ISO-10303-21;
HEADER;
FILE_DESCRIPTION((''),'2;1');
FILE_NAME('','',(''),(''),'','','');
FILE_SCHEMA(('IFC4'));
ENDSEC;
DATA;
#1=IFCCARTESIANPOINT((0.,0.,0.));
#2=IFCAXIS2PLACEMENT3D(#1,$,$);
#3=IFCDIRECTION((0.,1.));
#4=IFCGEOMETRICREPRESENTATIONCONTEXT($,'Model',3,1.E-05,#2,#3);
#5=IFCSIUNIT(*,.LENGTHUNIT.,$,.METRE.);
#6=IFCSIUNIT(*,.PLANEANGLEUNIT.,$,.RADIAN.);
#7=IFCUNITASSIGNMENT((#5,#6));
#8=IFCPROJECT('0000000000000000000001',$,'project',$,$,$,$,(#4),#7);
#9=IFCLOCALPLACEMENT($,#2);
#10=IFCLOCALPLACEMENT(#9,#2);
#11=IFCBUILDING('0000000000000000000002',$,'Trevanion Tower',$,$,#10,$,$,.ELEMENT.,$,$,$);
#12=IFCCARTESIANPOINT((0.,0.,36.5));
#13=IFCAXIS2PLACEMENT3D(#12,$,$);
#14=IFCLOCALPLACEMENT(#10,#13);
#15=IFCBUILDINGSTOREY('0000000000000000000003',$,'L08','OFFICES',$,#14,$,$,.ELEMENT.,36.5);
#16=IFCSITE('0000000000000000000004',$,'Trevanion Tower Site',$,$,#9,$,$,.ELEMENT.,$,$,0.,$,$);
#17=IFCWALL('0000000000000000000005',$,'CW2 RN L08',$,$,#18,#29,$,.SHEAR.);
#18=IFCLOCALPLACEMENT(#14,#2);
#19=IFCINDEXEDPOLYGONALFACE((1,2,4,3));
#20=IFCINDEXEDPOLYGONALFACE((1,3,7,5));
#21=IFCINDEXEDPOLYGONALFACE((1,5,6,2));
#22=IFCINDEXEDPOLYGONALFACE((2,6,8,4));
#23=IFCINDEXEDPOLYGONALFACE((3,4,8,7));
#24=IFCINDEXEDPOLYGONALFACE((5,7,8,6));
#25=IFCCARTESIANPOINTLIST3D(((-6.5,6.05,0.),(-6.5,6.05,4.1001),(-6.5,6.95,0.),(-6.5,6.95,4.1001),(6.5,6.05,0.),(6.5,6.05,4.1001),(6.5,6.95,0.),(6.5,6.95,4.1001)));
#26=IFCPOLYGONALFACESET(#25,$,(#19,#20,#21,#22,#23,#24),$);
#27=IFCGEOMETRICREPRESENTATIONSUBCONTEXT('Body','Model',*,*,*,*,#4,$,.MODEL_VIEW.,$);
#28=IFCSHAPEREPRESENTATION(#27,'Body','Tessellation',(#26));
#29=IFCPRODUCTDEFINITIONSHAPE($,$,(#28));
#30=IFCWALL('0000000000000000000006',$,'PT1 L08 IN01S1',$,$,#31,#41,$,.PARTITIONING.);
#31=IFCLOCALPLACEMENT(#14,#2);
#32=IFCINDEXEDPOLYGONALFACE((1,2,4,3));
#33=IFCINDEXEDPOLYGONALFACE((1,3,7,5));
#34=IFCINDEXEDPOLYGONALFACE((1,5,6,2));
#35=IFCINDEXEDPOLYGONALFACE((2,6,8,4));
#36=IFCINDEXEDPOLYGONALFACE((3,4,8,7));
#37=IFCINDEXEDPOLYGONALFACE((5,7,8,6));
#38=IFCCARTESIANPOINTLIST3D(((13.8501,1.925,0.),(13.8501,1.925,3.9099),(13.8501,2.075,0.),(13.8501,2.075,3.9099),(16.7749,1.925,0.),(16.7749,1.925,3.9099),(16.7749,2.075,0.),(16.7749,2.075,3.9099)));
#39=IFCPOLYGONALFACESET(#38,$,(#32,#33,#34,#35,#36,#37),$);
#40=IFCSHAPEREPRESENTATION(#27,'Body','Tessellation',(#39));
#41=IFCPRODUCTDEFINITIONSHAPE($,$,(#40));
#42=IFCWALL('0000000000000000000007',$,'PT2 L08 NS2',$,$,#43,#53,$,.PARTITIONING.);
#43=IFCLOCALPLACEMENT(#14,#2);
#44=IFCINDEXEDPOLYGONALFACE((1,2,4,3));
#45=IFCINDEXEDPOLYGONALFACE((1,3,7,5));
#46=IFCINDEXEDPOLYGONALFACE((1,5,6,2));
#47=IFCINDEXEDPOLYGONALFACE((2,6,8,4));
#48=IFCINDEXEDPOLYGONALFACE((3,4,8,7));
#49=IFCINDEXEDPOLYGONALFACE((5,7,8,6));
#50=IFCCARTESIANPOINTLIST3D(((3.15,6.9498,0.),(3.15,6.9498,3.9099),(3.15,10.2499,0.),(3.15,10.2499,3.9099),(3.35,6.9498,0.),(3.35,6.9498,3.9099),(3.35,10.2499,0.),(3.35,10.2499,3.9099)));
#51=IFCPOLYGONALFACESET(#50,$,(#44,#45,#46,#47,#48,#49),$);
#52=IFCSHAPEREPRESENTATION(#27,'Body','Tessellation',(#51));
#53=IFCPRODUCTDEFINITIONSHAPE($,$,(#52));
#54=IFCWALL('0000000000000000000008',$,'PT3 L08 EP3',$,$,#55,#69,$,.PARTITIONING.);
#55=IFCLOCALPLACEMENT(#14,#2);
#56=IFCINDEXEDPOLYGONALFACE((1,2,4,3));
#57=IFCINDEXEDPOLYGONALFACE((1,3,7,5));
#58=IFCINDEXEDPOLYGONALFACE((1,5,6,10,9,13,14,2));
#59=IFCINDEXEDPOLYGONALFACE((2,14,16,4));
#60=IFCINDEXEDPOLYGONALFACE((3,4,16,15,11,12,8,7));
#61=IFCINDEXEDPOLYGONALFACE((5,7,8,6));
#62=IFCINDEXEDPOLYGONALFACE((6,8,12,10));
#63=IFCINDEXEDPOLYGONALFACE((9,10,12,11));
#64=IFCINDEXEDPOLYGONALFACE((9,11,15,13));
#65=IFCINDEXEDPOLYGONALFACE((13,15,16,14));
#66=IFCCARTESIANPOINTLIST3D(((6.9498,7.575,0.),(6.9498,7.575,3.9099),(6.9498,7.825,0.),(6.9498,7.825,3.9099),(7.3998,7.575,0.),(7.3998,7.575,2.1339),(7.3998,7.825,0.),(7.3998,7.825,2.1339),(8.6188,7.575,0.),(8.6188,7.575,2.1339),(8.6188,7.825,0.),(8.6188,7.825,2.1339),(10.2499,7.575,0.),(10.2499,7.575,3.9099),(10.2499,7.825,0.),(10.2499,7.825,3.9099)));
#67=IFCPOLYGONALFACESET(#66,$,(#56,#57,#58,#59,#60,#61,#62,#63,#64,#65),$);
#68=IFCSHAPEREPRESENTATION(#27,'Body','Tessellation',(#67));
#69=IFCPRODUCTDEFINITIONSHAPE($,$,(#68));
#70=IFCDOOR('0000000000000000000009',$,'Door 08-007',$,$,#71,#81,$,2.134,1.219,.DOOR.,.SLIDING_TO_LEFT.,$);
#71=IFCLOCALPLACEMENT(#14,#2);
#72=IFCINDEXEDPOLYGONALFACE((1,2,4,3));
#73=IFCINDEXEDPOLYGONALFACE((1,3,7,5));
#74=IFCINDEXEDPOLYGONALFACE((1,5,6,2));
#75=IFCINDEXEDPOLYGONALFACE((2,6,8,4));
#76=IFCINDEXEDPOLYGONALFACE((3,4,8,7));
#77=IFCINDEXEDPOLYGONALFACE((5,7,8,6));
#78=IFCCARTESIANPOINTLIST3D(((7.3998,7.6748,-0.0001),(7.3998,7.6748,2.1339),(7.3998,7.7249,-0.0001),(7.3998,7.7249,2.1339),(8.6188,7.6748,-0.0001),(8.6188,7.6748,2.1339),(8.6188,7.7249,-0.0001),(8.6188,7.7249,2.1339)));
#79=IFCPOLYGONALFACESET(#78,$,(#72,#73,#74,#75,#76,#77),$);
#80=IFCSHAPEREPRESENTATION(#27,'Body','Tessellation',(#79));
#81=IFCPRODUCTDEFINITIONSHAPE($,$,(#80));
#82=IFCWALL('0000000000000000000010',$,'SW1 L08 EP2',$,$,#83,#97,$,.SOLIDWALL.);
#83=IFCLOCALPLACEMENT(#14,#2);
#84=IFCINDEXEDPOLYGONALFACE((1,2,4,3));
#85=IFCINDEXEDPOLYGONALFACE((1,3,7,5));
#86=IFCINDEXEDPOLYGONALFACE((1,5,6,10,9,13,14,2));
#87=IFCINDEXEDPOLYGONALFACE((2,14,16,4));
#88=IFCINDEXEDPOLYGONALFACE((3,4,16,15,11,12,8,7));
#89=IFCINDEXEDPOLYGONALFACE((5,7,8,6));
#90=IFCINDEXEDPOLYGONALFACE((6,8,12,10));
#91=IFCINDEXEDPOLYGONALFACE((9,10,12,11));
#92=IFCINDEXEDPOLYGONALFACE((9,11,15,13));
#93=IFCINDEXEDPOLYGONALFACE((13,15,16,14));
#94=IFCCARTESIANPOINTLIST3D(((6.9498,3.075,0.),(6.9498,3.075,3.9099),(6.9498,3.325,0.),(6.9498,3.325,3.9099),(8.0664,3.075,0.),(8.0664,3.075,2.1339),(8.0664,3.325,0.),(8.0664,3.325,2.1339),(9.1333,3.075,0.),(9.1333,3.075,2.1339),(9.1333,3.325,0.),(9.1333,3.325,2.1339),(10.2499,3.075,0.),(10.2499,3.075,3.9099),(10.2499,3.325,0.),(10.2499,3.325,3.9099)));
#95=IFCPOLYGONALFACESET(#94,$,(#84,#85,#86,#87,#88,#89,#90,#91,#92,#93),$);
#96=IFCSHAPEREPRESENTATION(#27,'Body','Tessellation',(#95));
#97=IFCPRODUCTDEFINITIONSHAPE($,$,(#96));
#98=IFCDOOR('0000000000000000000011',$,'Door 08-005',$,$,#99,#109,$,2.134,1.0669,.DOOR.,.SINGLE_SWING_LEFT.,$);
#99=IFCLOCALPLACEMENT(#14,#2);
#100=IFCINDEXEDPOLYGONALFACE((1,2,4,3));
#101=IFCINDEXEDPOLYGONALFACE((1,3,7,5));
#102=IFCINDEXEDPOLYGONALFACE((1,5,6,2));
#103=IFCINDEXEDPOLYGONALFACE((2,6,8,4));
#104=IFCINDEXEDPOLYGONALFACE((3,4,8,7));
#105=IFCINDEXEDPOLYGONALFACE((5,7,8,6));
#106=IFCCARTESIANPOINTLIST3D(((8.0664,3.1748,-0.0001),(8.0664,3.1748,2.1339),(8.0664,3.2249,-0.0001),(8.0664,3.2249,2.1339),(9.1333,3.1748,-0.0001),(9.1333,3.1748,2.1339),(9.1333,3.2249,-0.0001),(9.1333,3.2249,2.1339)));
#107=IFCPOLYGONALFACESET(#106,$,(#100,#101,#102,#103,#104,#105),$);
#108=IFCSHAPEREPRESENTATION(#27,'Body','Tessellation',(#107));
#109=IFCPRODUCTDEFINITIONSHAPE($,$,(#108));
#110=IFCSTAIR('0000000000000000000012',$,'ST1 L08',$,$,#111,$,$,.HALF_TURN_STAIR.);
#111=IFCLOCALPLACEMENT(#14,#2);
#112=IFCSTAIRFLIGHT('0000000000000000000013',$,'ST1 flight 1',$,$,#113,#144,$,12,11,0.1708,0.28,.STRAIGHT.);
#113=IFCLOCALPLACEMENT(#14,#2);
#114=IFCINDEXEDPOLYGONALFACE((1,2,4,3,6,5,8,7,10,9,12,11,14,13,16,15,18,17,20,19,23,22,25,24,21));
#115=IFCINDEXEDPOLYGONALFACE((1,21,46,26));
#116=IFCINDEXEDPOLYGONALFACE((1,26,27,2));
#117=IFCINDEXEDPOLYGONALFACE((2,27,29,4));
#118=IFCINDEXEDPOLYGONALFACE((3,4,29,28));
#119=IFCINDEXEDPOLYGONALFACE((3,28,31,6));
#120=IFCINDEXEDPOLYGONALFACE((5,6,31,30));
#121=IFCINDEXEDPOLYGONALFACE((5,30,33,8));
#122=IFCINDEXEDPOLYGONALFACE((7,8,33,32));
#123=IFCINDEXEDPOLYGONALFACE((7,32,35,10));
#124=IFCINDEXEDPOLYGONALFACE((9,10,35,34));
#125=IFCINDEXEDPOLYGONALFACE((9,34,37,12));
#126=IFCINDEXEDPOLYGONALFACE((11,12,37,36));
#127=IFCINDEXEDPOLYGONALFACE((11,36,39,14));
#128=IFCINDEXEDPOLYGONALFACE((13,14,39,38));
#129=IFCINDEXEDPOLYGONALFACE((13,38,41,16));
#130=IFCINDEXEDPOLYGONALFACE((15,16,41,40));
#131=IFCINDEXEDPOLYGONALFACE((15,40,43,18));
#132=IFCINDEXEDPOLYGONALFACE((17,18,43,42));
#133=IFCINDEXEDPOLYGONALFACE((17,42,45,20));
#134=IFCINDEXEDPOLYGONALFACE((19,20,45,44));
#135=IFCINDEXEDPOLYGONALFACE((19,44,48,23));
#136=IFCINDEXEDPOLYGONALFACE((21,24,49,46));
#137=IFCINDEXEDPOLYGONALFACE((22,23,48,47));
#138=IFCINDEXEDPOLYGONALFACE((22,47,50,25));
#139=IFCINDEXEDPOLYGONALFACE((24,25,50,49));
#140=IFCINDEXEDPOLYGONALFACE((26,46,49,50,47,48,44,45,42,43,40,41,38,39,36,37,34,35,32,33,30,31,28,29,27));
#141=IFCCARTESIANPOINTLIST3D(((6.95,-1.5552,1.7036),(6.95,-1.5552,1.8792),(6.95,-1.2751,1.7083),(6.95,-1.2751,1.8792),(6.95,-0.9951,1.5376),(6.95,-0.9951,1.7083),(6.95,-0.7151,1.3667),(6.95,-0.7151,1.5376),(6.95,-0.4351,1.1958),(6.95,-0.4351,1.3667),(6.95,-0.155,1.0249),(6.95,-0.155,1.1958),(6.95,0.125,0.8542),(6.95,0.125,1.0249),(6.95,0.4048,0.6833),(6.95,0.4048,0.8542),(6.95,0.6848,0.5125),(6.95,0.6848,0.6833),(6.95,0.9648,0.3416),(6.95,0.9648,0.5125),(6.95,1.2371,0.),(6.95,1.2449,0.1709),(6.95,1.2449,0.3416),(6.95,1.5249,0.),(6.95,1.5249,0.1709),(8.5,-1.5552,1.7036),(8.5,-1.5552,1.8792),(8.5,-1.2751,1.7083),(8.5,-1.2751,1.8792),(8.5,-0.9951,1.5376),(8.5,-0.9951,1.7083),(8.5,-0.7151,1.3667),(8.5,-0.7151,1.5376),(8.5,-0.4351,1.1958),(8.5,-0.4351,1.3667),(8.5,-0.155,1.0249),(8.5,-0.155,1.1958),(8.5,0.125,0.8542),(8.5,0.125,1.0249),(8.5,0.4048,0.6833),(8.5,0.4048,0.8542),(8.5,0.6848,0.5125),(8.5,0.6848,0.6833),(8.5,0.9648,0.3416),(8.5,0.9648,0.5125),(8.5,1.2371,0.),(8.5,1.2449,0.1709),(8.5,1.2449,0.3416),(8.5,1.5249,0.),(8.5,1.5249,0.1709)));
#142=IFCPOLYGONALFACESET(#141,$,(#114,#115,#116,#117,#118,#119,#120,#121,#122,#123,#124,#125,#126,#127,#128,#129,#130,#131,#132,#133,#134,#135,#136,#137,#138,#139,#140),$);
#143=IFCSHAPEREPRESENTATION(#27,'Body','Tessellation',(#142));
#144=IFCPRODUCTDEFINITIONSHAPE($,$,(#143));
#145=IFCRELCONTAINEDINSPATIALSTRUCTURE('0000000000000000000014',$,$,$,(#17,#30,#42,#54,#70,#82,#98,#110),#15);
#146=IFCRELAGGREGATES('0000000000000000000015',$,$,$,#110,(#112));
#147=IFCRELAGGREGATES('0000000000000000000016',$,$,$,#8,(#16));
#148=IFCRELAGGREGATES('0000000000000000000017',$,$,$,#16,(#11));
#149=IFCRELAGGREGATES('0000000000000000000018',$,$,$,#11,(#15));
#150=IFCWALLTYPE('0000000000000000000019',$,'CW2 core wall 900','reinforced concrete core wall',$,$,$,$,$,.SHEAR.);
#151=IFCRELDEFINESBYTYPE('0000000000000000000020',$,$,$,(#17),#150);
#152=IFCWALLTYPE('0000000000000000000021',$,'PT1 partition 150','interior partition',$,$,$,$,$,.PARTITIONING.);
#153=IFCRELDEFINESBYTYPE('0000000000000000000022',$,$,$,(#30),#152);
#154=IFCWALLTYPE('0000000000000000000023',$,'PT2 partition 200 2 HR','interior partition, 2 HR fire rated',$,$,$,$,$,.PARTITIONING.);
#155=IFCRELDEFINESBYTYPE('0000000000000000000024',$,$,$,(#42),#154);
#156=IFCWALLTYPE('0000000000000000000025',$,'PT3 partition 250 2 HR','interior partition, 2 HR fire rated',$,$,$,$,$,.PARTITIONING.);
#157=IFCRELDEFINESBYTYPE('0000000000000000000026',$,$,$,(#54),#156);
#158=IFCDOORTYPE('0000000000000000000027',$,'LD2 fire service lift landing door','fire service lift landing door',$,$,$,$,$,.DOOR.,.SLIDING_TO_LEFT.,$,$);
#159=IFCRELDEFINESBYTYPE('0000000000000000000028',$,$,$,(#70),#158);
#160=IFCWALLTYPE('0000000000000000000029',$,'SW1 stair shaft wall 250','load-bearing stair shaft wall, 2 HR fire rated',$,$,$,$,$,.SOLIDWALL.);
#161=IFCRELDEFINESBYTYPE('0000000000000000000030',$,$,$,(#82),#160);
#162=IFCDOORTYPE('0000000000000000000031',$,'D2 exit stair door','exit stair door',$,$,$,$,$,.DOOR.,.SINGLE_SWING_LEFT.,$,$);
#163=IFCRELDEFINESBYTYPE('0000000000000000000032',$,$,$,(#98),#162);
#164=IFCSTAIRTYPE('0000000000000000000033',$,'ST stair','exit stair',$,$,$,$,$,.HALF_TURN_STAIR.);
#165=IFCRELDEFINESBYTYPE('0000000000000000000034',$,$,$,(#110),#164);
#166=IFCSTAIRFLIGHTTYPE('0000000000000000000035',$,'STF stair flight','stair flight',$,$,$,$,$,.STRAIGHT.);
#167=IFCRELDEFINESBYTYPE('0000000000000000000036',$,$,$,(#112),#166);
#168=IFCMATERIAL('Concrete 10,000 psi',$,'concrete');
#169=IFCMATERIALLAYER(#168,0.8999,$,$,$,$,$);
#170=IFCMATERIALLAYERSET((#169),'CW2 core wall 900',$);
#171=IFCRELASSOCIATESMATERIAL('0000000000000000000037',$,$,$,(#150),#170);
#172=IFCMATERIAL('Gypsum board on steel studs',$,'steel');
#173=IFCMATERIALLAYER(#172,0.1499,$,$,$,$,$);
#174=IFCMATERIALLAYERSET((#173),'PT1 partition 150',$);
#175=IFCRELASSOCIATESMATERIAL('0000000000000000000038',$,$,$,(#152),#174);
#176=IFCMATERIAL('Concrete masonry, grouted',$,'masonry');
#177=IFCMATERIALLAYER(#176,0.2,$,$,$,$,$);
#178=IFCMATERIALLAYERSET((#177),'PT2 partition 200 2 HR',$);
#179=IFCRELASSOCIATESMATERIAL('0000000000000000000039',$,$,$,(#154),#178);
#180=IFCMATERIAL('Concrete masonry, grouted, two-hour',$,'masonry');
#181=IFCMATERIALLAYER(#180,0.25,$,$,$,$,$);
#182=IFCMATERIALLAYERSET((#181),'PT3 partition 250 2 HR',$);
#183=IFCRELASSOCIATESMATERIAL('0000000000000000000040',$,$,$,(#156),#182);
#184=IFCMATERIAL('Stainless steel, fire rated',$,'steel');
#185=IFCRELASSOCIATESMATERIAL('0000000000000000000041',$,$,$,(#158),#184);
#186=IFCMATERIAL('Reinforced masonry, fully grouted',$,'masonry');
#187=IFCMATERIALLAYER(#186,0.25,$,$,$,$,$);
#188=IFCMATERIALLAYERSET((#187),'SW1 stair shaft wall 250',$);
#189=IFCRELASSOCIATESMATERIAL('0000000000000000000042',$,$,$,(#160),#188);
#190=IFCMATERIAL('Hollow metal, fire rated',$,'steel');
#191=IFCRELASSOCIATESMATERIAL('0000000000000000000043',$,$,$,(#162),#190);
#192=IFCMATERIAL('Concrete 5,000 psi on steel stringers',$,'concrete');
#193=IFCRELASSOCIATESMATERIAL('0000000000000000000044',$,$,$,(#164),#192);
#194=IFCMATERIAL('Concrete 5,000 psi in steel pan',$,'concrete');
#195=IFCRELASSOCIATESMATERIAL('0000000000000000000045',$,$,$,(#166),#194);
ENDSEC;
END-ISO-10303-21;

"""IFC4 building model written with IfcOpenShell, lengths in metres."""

from ifc_helpers import new_model, si_unit, direction, frame, frame_2d, origin, place, context, subcontext, project, spatial, polyline, rectangle, outline, extrude, material, layer, layer_set, type_object, element, fill, aggregate, save


model = new_model("IFC4")

# Units and contexts
model_context = context("Model", 3, precision=1e-05, world=origin(), true_north=direction((0.0, 1.0)))
body_context = subcontext(model_context, "Body", "Model", "MODEL_VIEW")
ifc_project = project(units=[si_unit("LENGTHUNIT", "METRE"), si_unit("PLANEANGLEUNIT", "RADIAN")], contexts=[model_context])

# Site, building, storey
site_placement = place(None, origin())
site = spatial("IfcSite", under=ifc_project, at=site_placement, Name="Trevanion Tower Site", CompositionType="ELEMENT", RefElevation=0.0)
building_placement = place(site_placement, origin())
building = spatial("IfcBuilding", under=site, at=building_placement, Name="Trevanion Tower", CompositionType="ELEMENT")
storey_placement = place(building_placement, frame((0.0, 0.0, 36.5)))
storey = spatial("IfcBuildingStorey", under=building, at=storey_placement, Name="L08", Description="OFFICES", CompositionType="ELEMENT", Elevation=36.5)

# Walls
ifc_material_1 = material(Name="Concrete 10,000 psi", Category="concrete")
ifc_layer_1 = layer(ifc_material_1, 0.8999)
ifc_layer_set_1 = layer_set([ifc_layer_1], Name="CW2 core wall 900")
wall_type_1 = type_object("IfcWallType", Name="CW2 core wall 900", Description="reinforced concrete core wall", PredefinedType="SHEAR", material=ifc_layer_set_1)
wall_1_placement = place(storey_placement, frame((6.5, 6.5, 0.0), z_axis=(0.0, 0.0, 1.0), x_axis=(-1.0, 0.0, 0.0)))
element("IfcWall", 1, at=wall_1_placement, inside=storey, type_object=wall_type_1, Name="CW2 RN L08", PredefinedType="SHEAR", context=body_context, shape_type="SweptSolid", body=[
    extrude(rectangle(XDim=13.0, YDim=0.8999, at=frame_2d((6.5, 0.0))), origin(), (0.0, 0.0, 1.0), 4.1001),
])
ifc_material_2 = material(Name="Gypsum board on steel studs", Category="steel")
ifc_layer_2 = layer(ifc_material_2, 0.1499)
ifc_layer_set_2 = layer_set([ifc_layer_2], Name="PT1 partition 150")
wall_type_2 = type_object("IfcWallType", Name="PT1 partition 150", Description="interior partition", PredefinedType="PARTITIONING", material=ifc_layer_set_2)
wall_2_placement = place(storey_placement, frame((16.7749, 2.0, 0.0), z_axis=(0.0, 0.0, 1.0), x_axis=(-1.0, 0.0, 0.0)))
element("IfcWall", 2, at=wall_2_placement, inside=storey, type_object=wall_type_2, Name="PT1 L08 IN01S1", PredefinedType="PARTITIONING", context=body_context, shape_type="SweptSolid", body=[
    extrude(rectangle(XDim=2.9248, YDim=0.1499, at=frame_2d((1.4624, 0.0))), origin(), (0.0, 0.0, 1.0), 3.9099),
])
ifc_material_3 = material(Name="Concrete masonry, grouted", Category="masonry")
ifc_layer_3 = layer(ifc_material_3, 0.2)
ifc_layer_set_3 = layer_set([ifc_layer_3], Name="PT2 partition 200 2 HR")
wall_type_3 = type_object("IfcWallType", Name="PT2 partition 200 2 HR", Description="interior partition, 2 HR fire rated", PredefinedType="PARTITIONING", material=ifc_layer_set_3)
wall_3_placement = place(storey_placement, frame((3.25, 6.95, 0.0), z_axis=(0.0, 0.0, 1.0), x_axis=(0.0, 1.0, 0.0)))
element("IfcWall", 3, at=wall_3_placement, inside=storey, type_object=wall_type_3, Name="PT2 L08 NS2", PredefinedType="PARTITIONING", context=body_context, shape_type="SweptSolid", body=[
    extrude(rectangle(XDim=3.3, YDim=0.2, at=frame_2d((1.6499, 0.0))), origin(), (0.0, 0.0, 1.0), 3.9099),
])

# Walls, openings, doors
ifc_material_4 = material(Name="Concrete masonry, grouted, two-hour", Category="masonry")
ifc_layer_4 = layer(ifc_material_4, 0.25)
ifc_layer_set_4 = layer_set([ifc_layer_4], Name="PT3 partition 250 2 HR")
wall_type_4 = type_object("IfcWallType", Name="PT3 partition 250 2 HR", Description="interior partition, 2 HR fire rated", PredefinedType="PARTITIONING", material=ifc_layer_set_4)
wall_4_placement = place(storey_placement, frame((6.95, 7.7, 0.0), z_axis=(0.0, 0.0, 1.0), x_axis=(1.0, 0.0, 0.0)))
wall_4 = element("IfcWall", 4, at=wall_4_placement, inside=storey, type_object=wall_type_4, Name="PT3 L08 EP3", PredefinedType="PARTITIONING", context=body_context, shape_type="SweptSolid", body=[
    extrude(rectangle(XDim=3.3, YDim=0.25, at=frame_2d((1.6499, 0.0))), origin(), (0.0, 0.0, 1.0), 3.9099),
])
opening_1_placement = place(wall_4_placement, frame((0.45, 0.0, 0.0)))
opening_1 = element("IfcOpeningElement", 5, at=opening_1_placement, cuts=wall_4, PredefinedType="OPENING", context=body_context, shape_type="SweptSolid", body=[
    extrude(rectangle(XDim=1.219, YDim=2.134, at=frame_2d((0.6094, 1.0669))), frame((0.0, 0.135, 0.0), z_axis=(0.0, -1.0, 0.0), x_axis=(1.0, 0.0, 0.0)), (0.0, 0.0, 1.0), 0.27),
])
ifc_material_5 = material(Name="Stainless steel, fire rated", Category="steel")
door_type_1 = type_object("IfcDoorType", Name="LD2 fire service lift landing door", Description="fire service lift landing door", OperationType="SLIDING_TO_LEFT", PredefinedType="DOOR", material=ifc_material_5)
door_1_placement = place(opening_1_placement, origin())
door_1 = element("IfcDoor", 6, at=door_1_placement, inside=storey, type_object=door_type_1, Name="Door 08-007", OperationType="SLIDING_TO_LEFT", OverallHeight=2.134, OverallWidth=1.219, PredefinedType="DOOR", context=body_context, shape_type="SweptSolid", body=[
    extrude(rectangle(XDim=1.219, YDim=2.134, at=frame_2d((0.6094, 1.0669))), frame((0.0, 0.0249, 0.0), z_axis=(0.0, -1.0, 0.0), x_axis=(1.0, 0.0, 0.0)), (0.0, 0.0, 1.0), 0.05),
])
fill(opening_1, door_1)
ifc_material_6 = material(Name="Reinforced masonry, fully grouted", Category="masonry")
ifc_layer_5 = layer(ifc_material_6, 0.25)
ifc_layer_set_5 = layer_set([ifc_layer_5], Name="SW1 stair shaft wall 250")
wall_type_5 = type_object("IfcWallType", Name="SW1 stair shaft wall 250", Description="load-bearing stair shaft wall, 2 HR fire rated", PredefinedType="SOLIDWALL", material=ifc_layer_set_5)
wall_5_placement = place(storey_placement, frame((6.95, 3.2, 0.0), z_axis=(0.0, 0.0, 1.0), x_axis=(1.0, 0.0, 0.0)))
wall_5 = element("IfcWall", 7, at=wall_5_placement, inside=storey, type_object=wall_type_5, Name="SW1 L08 EP2", PredefinedType="SOLIDWALL", context=body_context, shape_type="SweptSolid", body=[
    extrude(rectangle(XDim=3.3, YDim=0.25, at=frame_2d((1.6499, 0.0))), origin(), (0.0, 0.0, 1.0), 3.9099),
])
opening_2_placement = place(wall_5_placement, frame((1.1165, 0.0, 0.0)))
opening_2 = element("IfcOpeningElement", 8, at=opening_2_placement, cuts=wall_5, PredefinedType="OPENING", context=body_context, shape_type="SweptSolid", body=[
    extrude(rectangle(XDim=1.0669, YDim=2.134, at=frame_2d((0.5334, 1.0669))), frame((0.0, 0.135, 0.0), z_axis=(0.0, -1.0, 0.0), x_axis=(1.0, 0.0, 0.0)), (0.0, 0.0, 1.0), 0.27),
])
ifc_material_7 = material(Name="Hollow metal, fire rated", Category="steel")
door_type_2 = type_object("IfcDoorType", Name="D2 exit stair door", Description="exit stair door", OperationType="SINGLE_SWING_LEFT", PredefinedType="DOOR", material=ifc_material_7)
door_2_placement = place(opening_2_placement, origin())
door_2 = element("IfcDoor", 9, at=door_2_placement, inside=storey, type_object=door_type_2, Name="Door 08-005", OperationType="SINGLE_SWING_LEFT", OverallHeight=2.134, OverallWidth=1.0669, PredefinedType="DOOR", context=body_context, shape_type="SweptSolid", body=[
    extrude(rectangle(XDim=1.0669, YDim=2.134, at=frame_2d((0.5334, 1.0669))), frame((0.0, 0.0249, 0.0), z_axis=(0.0, -1.0, 0.0), x_axis=(1.0, 0.0, 0.0)), (0.0, 0.0, 1.0), 0.05),
])
fill(opening_2, door_2)

# Stair, stair flight
ifc_material_8 = material(Name="Concrete 5,000 psi on steel stringers", Category="concrete")
stair_type = type_object("IfcStairType", Name="ST stair", Description="exit stair", PredefinedType="HALF_TURN_STAIR", material=ifc_material_8)
stair_placement = place(storey_placement, origin())
stair = element("IfcStair", 10, at=stair_placement, inside=storey, type_object=stair_type, Name="ST1 L08", PredefinedType="HALF_TURN_STAIR")
ifc_material_9 = material(Name="Concrete 5,000 psi in steel pan", Category="concrete")
stair_flight_type = type_object("IfcStairFlightType", Name="STF stair flight", Description="stair flight", PredefinedType="STRAIGHT", material=ifc_material_9)
stair_flight_placement = place(storey_placement, frame((7.7251, 1.5249, 0.0), z_axis=(0.0, 0.0, 1.0), x_axis=(0.0, -1.0, 0.0)))
stair_flight = element("IfcStairFlight", 11, at=stair_flight_placement, type_object=stair_flight_type, Name="ST1 flight 1", NumberOfRisers=12, NumberOfTreads=11, PredefinedType="STRAIGHT", RiserHeight=0.1708, TreadLength=0.28, context=body_context, shape_type="SweptSolid", body=[
    extrude(outline(polyline([(0.0, 0.0), (0.0, 0.1709), (0.28, 0.1709), (0.28, 0.3416), (0.5601, 0.3416), (0.5601, 0.5125), (0.8401, 0.5125), (0.8401, 0.6833), (1.1201, 0.6833), (1.1201, 0.8542), (1.3999, 0.8542), (1.3999, 1.0249), (1.6799, 1.0249), (1.6799, 1.1958), (1.96, 1.1958), (1.96, 1.3667), (2.24, 1.3667), (2.24, 1.5376), (2.52, 1.5376), (2.52, 1.7083), (2.8, 1.7083), (2.8, 1.8792), (3.0801, 1.8792), (3.0801, 2.05), (3.0801, 1.7036), (0.2878, 0.0), (0.0, 0.0)])), frame((0.0, 0.7749, 0.0), z_axis=(0.0, -1.0, 0.0), x_axis=(1.0, 0.0, 0.0)), (0.0, 0.0, 1.0), 1.55),
])
aggregate(stair, [stair_flight])

save(model, "model.ifc")
